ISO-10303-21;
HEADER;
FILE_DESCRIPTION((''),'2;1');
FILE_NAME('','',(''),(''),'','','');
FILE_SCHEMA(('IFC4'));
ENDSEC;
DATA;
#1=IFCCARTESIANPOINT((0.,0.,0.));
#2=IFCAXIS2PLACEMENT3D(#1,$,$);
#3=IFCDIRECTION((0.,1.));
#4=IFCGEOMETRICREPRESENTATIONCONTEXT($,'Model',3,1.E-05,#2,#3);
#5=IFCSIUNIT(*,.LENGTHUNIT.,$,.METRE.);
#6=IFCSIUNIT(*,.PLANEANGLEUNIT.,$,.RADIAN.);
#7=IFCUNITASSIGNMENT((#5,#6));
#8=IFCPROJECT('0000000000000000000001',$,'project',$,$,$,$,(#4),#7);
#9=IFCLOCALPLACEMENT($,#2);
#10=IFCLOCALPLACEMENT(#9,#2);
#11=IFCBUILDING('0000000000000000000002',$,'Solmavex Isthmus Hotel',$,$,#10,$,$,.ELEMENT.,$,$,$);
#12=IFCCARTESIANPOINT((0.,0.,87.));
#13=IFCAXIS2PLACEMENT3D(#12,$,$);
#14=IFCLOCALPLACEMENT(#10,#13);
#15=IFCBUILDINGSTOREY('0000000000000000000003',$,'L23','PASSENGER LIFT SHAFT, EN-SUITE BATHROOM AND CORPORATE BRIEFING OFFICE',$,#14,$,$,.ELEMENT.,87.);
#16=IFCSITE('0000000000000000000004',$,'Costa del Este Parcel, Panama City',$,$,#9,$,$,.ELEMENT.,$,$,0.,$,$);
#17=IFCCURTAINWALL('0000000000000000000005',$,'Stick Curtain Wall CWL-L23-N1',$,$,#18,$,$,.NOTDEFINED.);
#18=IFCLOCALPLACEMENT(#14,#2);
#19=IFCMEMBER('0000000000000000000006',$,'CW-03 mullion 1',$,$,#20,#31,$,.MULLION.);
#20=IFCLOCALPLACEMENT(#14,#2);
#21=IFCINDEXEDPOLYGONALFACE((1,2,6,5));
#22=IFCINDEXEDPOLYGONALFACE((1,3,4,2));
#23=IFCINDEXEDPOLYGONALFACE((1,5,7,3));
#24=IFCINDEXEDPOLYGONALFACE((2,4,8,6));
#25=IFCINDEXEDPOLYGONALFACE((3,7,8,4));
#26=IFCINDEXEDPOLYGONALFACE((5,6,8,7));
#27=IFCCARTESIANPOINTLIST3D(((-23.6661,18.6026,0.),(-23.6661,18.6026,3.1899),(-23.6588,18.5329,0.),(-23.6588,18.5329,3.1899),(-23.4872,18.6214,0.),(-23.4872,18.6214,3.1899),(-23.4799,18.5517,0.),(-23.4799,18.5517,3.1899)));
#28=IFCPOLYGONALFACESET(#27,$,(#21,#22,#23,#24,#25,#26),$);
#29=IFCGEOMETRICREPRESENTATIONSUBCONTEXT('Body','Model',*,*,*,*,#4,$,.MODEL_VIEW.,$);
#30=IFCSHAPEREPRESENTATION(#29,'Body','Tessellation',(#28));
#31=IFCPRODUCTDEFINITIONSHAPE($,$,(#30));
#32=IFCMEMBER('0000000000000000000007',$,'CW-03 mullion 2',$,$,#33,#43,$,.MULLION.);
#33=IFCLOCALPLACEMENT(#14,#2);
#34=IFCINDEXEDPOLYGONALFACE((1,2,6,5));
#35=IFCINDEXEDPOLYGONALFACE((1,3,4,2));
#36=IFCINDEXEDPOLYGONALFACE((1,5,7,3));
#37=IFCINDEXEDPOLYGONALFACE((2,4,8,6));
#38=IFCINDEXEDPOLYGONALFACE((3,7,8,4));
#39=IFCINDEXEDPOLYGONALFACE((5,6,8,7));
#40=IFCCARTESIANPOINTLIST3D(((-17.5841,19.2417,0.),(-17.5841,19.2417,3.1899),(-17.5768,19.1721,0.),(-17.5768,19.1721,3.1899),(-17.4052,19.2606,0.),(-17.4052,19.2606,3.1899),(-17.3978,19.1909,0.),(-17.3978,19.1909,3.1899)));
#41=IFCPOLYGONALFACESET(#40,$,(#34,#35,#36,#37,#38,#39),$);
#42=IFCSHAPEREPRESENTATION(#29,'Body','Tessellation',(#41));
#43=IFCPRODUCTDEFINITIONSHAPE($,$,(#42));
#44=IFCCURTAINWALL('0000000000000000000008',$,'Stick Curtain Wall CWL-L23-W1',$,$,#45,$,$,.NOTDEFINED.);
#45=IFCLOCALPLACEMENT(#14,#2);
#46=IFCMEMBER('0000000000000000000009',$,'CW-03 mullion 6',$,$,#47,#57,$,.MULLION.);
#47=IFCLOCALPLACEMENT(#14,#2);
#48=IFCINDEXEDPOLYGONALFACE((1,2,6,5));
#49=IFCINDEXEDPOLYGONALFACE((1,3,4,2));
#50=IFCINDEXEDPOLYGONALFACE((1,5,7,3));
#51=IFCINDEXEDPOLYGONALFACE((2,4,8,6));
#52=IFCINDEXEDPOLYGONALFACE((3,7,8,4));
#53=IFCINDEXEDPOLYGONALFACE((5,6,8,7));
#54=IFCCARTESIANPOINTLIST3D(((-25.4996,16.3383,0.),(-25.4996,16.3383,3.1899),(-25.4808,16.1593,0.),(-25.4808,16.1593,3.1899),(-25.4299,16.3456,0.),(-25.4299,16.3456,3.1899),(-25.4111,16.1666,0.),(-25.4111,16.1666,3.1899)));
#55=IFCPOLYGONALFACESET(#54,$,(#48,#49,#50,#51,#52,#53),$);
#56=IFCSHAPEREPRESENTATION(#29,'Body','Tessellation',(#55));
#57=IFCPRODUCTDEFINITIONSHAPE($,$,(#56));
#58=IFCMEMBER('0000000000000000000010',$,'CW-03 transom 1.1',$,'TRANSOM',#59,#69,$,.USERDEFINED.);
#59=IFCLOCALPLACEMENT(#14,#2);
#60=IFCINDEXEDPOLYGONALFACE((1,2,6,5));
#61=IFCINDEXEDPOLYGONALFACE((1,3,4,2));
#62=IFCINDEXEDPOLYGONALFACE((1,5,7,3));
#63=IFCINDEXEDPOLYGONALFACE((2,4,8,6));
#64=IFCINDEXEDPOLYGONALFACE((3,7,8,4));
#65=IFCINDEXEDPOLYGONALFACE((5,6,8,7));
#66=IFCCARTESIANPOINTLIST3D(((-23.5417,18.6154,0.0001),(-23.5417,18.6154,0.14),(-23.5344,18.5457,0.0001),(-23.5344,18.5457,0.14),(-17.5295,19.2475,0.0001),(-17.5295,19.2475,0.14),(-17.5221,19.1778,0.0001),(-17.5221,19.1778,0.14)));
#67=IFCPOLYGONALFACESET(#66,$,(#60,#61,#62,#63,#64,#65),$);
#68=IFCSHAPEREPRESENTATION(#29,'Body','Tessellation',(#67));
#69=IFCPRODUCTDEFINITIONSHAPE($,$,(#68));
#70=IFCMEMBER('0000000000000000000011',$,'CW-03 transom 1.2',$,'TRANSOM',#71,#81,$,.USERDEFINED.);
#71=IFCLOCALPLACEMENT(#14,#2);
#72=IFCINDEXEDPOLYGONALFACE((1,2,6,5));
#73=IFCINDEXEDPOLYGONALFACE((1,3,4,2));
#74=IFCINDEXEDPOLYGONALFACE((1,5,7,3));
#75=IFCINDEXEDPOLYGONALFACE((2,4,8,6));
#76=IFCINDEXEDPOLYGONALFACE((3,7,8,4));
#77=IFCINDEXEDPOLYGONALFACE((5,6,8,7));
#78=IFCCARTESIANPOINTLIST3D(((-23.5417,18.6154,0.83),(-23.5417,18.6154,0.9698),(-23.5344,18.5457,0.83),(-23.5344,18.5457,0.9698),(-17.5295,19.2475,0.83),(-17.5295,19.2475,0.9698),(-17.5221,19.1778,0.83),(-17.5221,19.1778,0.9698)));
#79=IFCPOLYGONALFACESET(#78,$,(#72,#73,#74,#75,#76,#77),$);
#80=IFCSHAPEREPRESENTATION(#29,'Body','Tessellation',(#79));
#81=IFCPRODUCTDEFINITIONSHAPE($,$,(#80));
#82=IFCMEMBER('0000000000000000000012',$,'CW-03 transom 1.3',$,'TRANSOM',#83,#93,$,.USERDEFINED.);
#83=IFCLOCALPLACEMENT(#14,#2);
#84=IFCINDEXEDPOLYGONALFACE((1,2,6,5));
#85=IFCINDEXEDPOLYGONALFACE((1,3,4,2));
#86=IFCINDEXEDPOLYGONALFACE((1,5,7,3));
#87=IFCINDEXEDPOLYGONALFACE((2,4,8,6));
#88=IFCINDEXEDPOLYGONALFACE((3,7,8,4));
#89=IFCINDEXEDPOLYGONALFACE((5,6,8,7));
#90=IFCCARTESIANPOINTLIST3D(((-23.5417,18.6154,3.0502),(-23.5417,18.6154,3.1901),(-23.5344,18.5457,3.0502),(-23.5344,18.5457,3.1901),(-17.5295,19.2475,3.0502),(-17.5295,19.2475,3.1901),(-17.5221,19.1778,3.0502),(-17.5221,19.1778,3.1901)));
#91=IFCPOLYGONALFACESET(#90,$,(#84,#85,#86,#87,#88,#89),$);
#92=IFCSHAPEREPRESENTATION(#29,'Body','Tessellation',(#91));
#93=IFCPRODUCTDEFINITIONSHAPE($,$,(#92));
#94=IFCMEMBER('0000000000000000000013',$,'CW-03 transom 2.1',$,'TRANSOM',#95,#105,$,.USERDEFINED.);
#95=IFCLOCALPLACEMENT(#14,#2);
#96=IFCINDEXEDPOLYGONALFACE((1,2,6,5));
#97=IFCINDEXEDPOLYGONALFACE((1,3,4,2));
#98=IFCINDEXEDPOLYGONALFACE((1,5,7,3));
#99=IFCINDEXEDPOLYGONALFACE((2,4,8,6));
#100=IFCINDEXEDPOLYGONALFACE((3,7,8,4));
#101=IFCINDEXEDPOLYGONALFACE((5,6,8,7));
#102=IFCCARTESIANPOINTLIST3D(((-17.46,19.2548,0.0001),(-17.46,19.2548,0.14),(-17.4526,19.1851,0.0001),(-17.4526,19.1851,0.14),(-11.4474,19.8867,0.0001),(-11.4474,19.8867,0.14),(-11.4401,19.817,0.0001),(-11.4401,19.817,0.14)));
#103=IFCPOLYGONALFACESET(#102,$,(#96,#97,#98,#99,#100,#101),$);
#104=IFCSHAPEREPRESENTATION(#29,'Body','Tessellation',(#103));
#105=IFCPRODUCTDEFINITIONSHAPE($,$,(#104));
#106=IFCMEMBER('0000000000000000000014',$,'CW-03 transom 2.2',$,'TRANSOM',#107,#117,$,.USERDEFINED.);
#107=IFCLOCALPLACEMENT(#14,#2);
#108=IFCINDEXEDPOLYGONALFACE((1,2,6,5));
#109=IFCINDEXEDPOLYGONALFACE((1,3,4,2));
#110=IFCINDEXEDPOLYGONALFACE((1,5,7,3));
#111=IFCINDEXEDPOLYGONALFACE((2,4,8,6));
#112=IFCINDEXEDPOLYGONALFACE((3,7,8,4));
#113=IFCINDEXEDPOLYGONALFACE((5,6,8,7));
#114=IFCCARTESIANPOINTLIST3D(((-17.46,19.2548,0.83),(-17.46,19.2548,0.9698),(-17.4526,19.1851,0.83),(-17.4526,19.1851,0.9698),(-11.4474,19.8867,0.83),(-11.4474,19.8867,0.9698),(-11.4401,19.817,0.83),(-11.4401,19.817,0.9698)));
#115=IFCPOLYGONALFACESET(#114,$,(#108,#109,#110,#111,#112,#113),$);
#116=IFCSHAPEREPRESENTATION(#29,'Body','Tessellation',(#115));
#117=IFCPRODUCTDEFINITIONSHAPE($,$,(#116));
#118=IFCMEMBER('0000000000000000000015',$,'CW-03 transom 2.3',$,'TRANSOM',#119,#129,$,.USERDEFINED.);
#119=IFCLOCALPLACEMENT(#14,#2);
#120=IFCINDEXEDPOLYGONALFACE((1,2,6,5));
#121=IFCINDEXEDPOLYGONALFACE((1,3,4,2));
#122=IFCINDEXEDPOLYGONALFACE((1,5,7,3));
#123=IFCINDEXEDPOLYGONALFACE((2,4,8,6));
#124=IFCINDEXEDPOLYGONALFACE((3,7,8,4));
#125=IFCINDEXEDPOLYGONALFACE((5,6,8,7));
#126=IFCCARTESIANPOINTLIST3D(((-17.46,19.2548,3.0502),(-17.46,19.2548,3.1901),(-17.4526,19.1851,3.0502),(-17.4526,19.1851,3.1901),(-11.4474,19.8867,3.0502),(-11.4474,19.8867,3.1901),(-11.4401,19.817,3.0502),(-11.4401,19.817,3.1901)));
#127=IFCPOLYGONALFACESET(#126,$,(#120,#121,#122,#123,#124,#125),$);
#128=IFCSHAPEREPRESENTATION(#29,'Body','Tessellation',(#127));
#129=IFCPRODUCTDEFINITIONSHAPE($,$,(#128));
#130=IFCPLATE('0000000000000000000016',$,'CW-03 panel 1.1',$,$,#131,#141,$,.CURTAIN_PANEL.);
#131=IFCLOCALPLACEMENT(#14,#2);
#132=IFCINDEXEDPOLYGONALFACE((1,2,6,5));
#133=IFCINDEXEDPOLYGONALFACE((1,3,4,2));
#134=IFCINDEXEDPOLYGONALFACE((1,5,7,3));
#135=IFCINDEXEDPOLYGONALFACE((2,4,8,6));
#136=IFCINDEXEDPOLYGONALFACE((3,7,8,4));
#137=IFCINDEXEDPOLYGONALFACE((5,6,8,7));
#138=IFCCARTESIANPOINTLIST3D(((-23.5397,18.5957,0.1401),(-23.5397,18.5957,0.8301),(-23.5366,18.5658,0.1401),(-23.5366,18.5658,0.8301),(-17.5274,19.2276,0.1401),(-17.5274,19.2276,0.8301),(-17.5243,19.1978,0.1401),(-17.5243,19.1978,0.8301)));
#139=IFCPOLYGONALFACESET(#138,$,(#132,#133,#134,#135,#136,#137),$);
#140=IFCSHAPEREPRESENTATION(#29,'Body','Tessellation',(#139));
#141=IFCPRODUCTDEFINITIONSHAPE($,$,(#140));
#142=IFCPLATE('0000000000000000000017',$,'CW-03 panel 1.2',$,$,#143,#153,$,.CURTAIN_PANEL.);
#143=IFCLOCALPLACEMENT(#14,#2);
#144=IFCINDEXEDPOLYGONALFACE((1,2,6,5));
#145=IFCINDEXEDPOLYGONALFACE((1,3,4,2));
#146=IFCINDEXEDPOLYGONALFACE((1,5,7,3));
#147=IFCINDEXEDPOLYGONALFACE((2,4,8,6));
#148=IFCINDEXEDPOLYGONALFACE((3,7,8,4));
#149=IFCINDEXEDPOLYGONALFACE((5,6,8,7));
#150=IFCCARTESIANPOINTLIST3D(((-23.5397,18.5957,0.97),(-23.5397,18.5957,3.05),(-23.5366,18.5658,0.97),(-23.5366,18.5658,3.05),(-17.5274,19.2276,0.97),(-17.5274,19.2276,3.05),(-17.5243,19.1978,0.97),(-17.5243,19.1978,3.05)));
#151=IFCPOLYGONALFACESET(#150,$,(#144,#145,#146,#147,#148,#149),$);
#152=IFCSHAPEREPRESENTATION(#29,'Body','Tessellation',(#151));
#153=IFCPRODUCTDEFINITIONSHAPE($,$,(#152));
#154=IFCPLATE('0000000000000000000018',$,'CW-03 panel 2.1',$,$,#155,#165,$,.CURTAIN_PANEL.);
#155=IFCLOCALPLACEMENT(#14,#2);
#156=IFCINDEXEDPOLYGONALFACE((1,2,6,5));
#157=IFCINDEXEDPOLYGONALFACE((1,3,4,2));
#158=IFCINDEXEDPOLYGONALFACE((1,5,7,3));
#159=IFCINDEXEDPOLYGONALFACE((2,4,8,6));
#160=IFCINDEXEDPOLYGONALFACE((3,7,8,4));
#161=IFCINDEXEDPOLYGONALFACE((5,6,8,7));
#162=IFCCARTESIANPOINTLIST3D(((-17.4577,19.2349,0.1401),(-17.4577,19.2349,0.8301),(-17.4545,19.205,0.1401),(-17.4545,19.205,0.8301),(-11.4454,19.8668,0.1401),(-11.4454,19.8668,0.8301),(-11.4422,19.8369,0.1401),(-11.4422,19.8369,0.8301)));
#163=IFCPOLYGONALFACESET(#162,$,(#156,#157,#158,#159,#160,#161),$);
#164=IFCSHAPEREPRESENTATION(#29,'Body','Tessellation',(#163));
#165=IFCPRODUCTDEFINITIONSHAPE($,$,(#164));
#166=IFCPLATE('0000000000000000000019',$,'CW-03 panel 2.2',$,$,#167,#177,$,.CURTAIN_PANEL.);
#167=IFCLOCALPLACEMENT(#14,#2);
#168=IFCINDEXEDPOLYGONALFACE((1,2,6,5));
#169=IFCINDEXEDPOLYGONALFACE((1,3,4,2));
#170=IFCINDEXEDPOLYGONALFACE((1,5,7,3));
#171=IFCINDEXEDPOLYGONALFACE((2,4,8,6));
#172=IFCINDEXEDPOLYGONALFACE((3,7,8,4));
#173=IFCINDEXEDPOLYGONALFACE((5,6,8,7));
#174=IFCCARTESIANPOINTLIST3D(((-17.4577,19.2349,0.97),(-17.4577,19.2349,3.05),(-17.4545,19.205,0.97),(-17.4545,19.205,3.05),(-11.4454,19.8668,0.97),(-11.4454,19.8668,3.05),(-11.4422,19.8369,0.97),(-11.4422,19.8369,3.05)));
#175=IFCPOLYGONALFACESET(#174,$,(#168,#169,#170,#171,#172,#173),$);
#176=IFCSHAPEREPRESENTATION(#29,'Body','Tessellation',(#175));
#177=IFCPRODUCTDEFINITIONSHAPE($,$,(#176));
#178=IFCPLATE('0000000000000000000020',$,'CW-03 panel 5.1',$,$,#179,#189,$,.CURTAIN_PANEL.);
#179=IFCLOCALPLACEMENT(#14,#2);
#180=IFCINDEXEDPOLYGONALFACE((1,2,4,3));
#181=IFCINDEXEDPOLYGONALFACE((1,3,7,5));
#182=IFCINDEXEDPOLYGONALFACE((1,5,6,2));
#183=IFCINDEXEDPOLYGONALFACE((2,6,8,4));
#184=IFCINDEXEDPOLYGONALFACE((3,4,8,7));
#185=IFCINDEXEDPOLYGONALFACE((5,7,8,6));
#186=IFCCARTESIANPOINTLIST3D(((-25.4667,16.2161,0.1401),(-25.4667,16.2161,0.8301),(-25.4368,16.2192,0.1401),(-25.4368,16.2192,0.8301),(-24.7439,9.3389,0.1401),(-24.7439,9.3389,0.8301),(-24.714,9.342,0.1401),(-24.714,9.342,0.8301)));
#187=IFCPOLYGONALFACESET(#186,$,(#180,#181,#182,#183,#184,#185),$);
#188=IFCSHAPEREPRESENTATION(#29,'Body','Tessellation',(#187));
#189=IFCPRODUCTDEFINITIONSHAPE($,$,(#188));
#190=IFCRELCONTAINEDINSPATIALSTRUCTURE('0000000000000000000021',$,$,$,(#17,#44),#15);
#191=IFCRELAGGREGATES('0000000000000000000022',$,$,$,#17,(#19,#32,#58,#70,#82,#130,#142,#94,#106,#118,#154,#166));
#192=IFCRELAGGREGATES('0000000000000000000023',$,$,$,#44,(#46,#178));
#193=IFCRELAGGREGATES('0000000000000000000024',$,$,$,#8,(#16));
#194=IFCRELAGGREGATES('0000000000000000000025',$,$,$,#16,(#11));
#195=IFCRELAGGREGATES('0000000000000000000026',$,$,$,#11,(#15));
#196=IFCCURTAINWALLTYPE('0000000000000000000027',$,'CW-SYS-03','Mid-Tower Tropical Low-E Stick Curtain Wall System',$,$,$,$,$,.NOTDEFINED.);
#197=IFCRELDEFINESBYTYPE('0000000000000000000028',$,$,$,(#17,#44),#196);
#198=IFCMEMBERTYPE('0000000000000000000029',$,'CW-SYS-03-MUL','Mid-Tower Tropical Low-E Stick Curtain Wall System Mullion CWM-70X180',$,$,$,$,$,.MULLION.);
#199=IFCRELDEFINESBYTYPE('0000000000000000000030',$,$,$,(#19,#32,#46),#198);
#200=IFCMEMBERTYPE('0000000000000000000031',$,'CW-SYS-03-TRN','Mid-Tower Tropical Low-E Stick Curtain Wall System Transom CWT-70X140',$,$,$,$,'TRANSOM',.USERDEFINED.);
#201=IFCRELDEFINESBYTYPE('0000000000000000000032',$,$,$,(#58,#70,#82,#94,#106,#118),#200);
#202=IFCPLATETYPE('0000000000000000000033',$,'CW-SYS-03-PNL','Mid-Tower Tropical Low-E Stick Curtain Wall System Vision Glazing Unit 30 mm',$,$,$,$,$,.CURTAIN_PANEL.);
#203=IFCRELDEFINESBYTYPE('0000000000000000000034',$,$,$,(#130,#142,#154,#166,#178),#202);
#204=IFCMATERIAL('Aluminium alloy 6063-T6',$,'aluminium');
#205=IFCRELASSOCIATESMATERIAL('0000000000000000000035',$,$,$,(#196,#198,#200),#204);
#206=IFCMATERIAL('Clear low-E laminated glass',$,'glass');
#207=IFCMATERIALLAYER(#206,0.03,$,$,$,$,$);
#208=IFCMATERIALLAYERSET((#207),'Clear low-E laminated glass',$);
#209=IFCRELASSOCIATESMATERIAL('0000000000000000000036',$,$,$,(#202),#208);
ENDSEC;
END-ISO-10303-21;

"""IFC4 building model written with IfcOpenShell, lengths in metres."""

from ifc_helpers import new_model, si_unit, direction, frame, origin, origin_2d, place, context, subcontext, project, spatial, rectangle, extrude, material, layer, layer_set, material_profile, profile_set, type_object, element, aggregate, save


model = new_model("IFC4")

# Units and contexts
model_context = context("Model", 3, precision=1e-05, world=origin(), true_north=direction((0.0, 1.0)))
body_context = subcontext(model_context, "Body", "Model", "MODEL_VIEW")
ifc_project = project(units=[si_unit("LENGTHUNIT", "METRE"), si_unit("PLANEANGLEUNIT", "RADIAN")], contexts=[model_context])

# Site, building, storey
site_placement = place(None, origin())
site = spatial("IfcSite", under=ifc_project, at=site_placement, Name="Costa del Este Parcel, Panama City", CompositionType="ELEMENT", RefElevation=0.0)
building_placement = place(site_placement, origin())
building = spatial("IfcBuilding", under=site, at=building_placement, Name="Solmavex Isthmus Hotel", CompositionType="ELEMENT")
storey_placement = place(building_placement, frame((0.0, 0.0, 87.0)))
storey = spatial("IfcBuildingStorey", under=building, at=storey_placement, Name="L23", Description="PASSENGER LIFT SHAFT, EN-SUITE BATHROOM AND CORPORATE BRIEFING OFFICE", CompositionType="ELEMENT", Elevation=87.0)

# Curtain wall, members
ifc_material_1 = material(Name="Aluminium alloy 6063-T6", Category="aluminium")
curtain_wall_type = type_object("IfcCurtainWallType", Name="CW-SYS-03", Description="Mid-Tower Tropical Low-E Stick Curtain Wall System", PredefinedType="NOTDEFINED", material=ifc_material_1)
curtain_wall_1_placement = place(storey_placement, origin())
curtain_wall_1 = element("IfcCurtainWall", 1, at=curtain_wall_1_placement, inside=storey, type_object=curtain_wall_type, Name="Stick Curtain Wall CWL-L23-N1", PredefinedType="NOTDEFINED")
ifc_material_profile_1 = material_profile(ifc_material_1, rectangle(XDim=0.0701, YDim=0.1799, at=origin_2d()), Name="CWM-70X180")
ifc_profile_set_1 = profile_set([ifc_material_profile_1], Name="Aluminium alloy 6063-T6")
member_type_1 = type_object("IfcMemberType", Name="CW-SYS-03-MUL", Description="Mid-Tower Tropical Low-E Stick Curtain Wall System Mullion CWM-70X180", PredefinedType="MULLION", material=ifc_profile_set_1)
member_1_placement = place(storey_placement, frame((-23.573, 18.5771, 0.0), z_axis=(0.0, 0.0, 1.0), x_axis=(-0.104528, 0.994522, 0.0)))
member_1 = element("IfcMember", 2, at=member_1_placement, type_object=member_type_1, Name="CW-03 mullion 1", PredefinedType="MULLION", context=body_context, shape_type="SweptSolid", body=[
    extrude(rectangle(XDim=0.0701, YDim=0.1799, at=origin_2d()), origin(), (0.0, 0.0, 1.0), 3.1899),
])
member_2_placement = place(storey_placement, frame((-17.491, 19.2163, 0.0), z_axis=(0.0, 0.0, 1.0), x_axis=(-0.104528, 0.994522, 0.0)))
member_2 = element("IfcMember", 3, at=member_2_placement, type_object=member_type_1, Name="CW-03 mullion 2", PredefinedType="MULLION", context=body_context, shape_type="SweptSolid", body=[
    extrude(rectangle(XDim=0.0701, YDim=0.1799, at=origin_2d()), origin(), (0.0, 0.0, 1.0), 3.1899),
])

# Curtain wall, member
curtain_wall_2_placement = place(storey_placement, origin())
curtain_wall_2 = element("IfcCurtainWall", 4, at=curtain_wall_2_placement, inside=storey, type_object=curtain_wall_type, Name="Stick Curtain Wall CWL-L23-W1", PredefinedType="NOTDEFINED")
member_3_placement = place(storey_placement, frame((-25.4553, 16.2524, 0.0), z_axis=(0.0, 0.0, 1.0), x_axis=(-0.994522, -0.104528, 0.0)))
member_3 = element("IfcMember", 5, at=member_3_placement, type_object=member_type_1, Name="CW-03 mullion 6", PredefinedType="MULLION", context=body_context, shape_type="SweptSolid", body=[
    extrude(rectangle(XDim=0.0701, YDim=0.1799, at=origin_2d()), origin(), (0.0, 0.0, 1.0), 3.1899),
])

# Members
ifc_material_profile_2 = material_profile(ifc_material_1, rectangle(XDim=0.0701, YDim=0.1399, at=origin_2d()), Name="CWT-70X140")
ifc_profile_set_2 = profile_set([ifc_material_profile_2], Name="Aluminium alloy 6063-T6")
member_type_2 = type_object("IfcMemberType", Name="CW-SYS-03-TRN", Description="Mid-Tower Tropical Low-E Stick Curtain Wall System Transom CWT-70X140", ElementType="TRANSOM", PredefinedType="USERDEFINED", material=ifc_profile_set_2)
member_4_placement = place(storey_placement, frame((-23.5381, 18.5806, 0.0701), z_axis=(0.994519, 0.104557, 0.0), x_axis=(-0.104557, 0.994519, 0.0)))
member_4 = element("IfcMember", 6, at=member_4_placement, type_object=member_type_2, Name="CW-03 transom 1.1", ObjectType="TRANSOM", PredefinedType="USERDEFINED", context=body_context, shape_type="SweptSolid", body=[
    extrude(rectangle(XDim=0.0701, YDim=0.1399, at=origin_2d()), origin(), (0.0, 0.0, 1.0), 6.0454),
])
member_5_placement = place(storey_placement, frame((-23.5381, 18.5806, 0.8999), z_axis=(0.994519, 0.104557, 0.0), x_axis=(-0.104557, 0.994519, 0.0)))
member_5 = element("IfcMember", 7, at=member_5_placement, type_object=member_type_2, Name="CW-03 transom 1.2", ObjectType="TRANSOM", PredefinedType="USERDEFINED", context=body_context, shape_type="SweptSolid", body=[
    extrude(rectangle(XDim=0.0701, YDim=0.1399, at=origin_2d()), origin(), (0.0, 0.0, 1.0), 6.0454),
])
member_6_placement = place(storey_placement, frame((-23.5381, 18.5806, 3.1201), z_axis=(0.994519, 0.104557, 0.0), x_axis=(-0.104557, 0.994519, 0.0)))
member_6 = element("IfcMember", 8, at=member_6_placement, type_object=member_type_2, Name="CW-03 transom 1.3", ObjectType="TRANSOM", PredefinedType="USERDEFINED", context=body_context, shape_type="SweptSolid", body=[
    extrude(rectangle(XDim=0.0701, YDim=0.1399, at=origin_2d()), origin(), (0.0, 0.0, 1.0), 6.0454),
])
member_7_placement = place(storey_placement, frame((-17.4563, 19.22, 0.0701), z_axis=(0.994524, 0.104512, 0.0), x_axis=(-0.104512, 0.994524, 0.0)))
member_7 = element("IfcMember", 9, at=member_7_placement, type_object=member_type_2, Name="CW-03 transom 2.1", ObjectType="TRANSOM", PredefinedType="USERDEFINED", context=body_context, shape_type="SweptSolid", body=[
    extrude(rectangle(XDim=0.0701, YDim=0.1399, at=origin_2d()), origin(), (0.0, 0.0, 1.0), 6.0457),
])
member_8_placement = place(storey_placement, frame((-17.4563, 19.22, 0.8999), z_axis=(0.994524, 0.104512, 0.0), x_axis=(-0.104512, 0.994524, 0.0)))
member_8 = element("IfcMember", 10, at=member_8_placement, type_object=member_type_2, Name="CW-03 transom 2.2", ObjectType="TRANSOM", PredefinedType="USERDEFINED", context=body_context, shape_type="SweptSolid", body=[
    extrude(rectangle(XDim=0.0701, YDim=0.1399, at=origin_2d()), origin(), (0.0, 0.0, 1.0), 6.0457),
])
member_9_placement = place(storey_placement, frame((-17.4563, 19.22, 3.1201), z_axis=(0.994524, 0.104512, 0.0), x_axis=(-0.104512, 0.994524, 0.0)))
member_9 = element("IfcMember", 11, at=member_9_placement, type_object=member_type_2, Name="CW-03 transom 2.3", ObjectType="TRANSOM", PredefinedType="USERDEFINED", context=body_context, shape_type="SweptSolid", body=[
    extrude(rectangle(XDim=0.0701, YDim=0.1399, at=origin_2d()), origin(), (0.0, 0.0, 1.0), 6.0457),
])

# Plates
ifc_material_2 = material(Name="Clear low-E laminated glass", Category="glass")
ifc_layer_1 = layer(ifc_material_2, 0.03)
ifc_layer_set_1 = layer_set([ifc_layer_1], Name="Clear low-E laminated glass")
plate_type = type_object("IfcPlateType", Name="CW-SYS-03-PNL", Description="Mid-Tower Tropical Low-E Stick Curtain Wall System Vision Glazing Unit 30 mm", PredefinedType="CURTAIN_PANEL", material=ifc_layer_set_1)
plate_1_placement = place(storey_placement, frame((-20.532, 18.8967, 0.1401), z_axis=(0.0, 0.0, 1.0), x_axis=(0.994522, 0.104528, 0.0)))
plate_1 = element("IfcPlate", 12, at=plate_1_placement, type_object=plate_type, Name="CW-03 panel 1.1", PredefinedType="CURTAIN_PANEL", context=body_context, shape_type="SweptSolid", body=[
    extrude(rectangle(XDim=6.0454, YDim=0.03, at=origin_2d()), origin(), (0.0, 0.0, 1.0), 0.6899),
])
plate_2_placement = place(storey_placement, frame((-20.532, 18.8967, 0.97), z_axis=(0.0, 0.0, 1.0), x_axis=(0.994522, 0.104528, 0.0)))
plate_2 = element("IfcPlate", 13, at=plate_2_placement, type_object=plate_type, Name="CW-03 panel 1.2", PredefinedType="CURTAIN_PANEL", context=body_context, shape_type="SweptSolid", body=[
    extrude(rectangle(XDim=6.0454, YDim=0.03, at=origin_2d()), origin(), (0.0, 0.0, 1.0), 2.0801),
])
plate_3_placement = place(storey_placement, frame((-14.45, 19.5359, 0.1401), z_axis=(0.0, 0.0, 1.0), x_axis=(0.994522, 0.104528, 0.0)))
plate_3 = element("IfcPlate", 14, at=plate_3_placement, type_object=plate_type, Name="CW-03 panel 2.1", PredefinedType="CURTAIN_PANEL", context=body_context, shape_type="SweptSolid", body=[
    extrude(rectangle(XDim=6.0454, YDim=0.03, at=origin_2d()), origin(), (0.0, 0.0, 1.0), 0.6899),
])
plate_4_placement = place(storey_placement, frame((-14.45, 19.5359, 0.97), z_axis=(0.0, 0.0, 1.0), x_axis=(0.994522, 0.104528, 0.0)))
plate_4 = element("IfcPlate", 15, at=plate_4_placement, type_object=plate_type, Name="CW-03 panel 2.2", PredefinedType="CURTAIN_PANEL", context=body_context, shape_type="SweptSolid", body=[
    extrude(rectangle(XDim=6.0454, YDim=0.03, at=origin_2d()), origin(), (0.0, 0.0, 1.0), 2.0801),
])
aggregate(curtain_wall_1, [member_1, member_2, member_4, member_5, member_6, plate_1, plate_2, member_7, member_8, member_9, plate_3, plate_4])
plate_5_placement = place(storey_placement, frame((-25.0903, 12.7791, 0.1401), z_axis=(0.0, 0.0, 1.0), x_axis=(-0.104528, 0.994522, 0.0)))
plate_5 = element("IfcPlate", 16, at=plate_5_placement, type_object=plate_type, Name="CW-03 panel 5.1", PredefinedType="CURTAIN_PANEL", context=body_context, shape_type="SweptSolid", body=[
    extrude(rectangle(XDim=6.915, YDim=0.03, at=origin_2d()), origin(), (0.0, 0.0, 1.0), 0.6899),
])
aggregate(curtain_wall_2, [member_3, plate_5])

save(model, "model.ifc")
